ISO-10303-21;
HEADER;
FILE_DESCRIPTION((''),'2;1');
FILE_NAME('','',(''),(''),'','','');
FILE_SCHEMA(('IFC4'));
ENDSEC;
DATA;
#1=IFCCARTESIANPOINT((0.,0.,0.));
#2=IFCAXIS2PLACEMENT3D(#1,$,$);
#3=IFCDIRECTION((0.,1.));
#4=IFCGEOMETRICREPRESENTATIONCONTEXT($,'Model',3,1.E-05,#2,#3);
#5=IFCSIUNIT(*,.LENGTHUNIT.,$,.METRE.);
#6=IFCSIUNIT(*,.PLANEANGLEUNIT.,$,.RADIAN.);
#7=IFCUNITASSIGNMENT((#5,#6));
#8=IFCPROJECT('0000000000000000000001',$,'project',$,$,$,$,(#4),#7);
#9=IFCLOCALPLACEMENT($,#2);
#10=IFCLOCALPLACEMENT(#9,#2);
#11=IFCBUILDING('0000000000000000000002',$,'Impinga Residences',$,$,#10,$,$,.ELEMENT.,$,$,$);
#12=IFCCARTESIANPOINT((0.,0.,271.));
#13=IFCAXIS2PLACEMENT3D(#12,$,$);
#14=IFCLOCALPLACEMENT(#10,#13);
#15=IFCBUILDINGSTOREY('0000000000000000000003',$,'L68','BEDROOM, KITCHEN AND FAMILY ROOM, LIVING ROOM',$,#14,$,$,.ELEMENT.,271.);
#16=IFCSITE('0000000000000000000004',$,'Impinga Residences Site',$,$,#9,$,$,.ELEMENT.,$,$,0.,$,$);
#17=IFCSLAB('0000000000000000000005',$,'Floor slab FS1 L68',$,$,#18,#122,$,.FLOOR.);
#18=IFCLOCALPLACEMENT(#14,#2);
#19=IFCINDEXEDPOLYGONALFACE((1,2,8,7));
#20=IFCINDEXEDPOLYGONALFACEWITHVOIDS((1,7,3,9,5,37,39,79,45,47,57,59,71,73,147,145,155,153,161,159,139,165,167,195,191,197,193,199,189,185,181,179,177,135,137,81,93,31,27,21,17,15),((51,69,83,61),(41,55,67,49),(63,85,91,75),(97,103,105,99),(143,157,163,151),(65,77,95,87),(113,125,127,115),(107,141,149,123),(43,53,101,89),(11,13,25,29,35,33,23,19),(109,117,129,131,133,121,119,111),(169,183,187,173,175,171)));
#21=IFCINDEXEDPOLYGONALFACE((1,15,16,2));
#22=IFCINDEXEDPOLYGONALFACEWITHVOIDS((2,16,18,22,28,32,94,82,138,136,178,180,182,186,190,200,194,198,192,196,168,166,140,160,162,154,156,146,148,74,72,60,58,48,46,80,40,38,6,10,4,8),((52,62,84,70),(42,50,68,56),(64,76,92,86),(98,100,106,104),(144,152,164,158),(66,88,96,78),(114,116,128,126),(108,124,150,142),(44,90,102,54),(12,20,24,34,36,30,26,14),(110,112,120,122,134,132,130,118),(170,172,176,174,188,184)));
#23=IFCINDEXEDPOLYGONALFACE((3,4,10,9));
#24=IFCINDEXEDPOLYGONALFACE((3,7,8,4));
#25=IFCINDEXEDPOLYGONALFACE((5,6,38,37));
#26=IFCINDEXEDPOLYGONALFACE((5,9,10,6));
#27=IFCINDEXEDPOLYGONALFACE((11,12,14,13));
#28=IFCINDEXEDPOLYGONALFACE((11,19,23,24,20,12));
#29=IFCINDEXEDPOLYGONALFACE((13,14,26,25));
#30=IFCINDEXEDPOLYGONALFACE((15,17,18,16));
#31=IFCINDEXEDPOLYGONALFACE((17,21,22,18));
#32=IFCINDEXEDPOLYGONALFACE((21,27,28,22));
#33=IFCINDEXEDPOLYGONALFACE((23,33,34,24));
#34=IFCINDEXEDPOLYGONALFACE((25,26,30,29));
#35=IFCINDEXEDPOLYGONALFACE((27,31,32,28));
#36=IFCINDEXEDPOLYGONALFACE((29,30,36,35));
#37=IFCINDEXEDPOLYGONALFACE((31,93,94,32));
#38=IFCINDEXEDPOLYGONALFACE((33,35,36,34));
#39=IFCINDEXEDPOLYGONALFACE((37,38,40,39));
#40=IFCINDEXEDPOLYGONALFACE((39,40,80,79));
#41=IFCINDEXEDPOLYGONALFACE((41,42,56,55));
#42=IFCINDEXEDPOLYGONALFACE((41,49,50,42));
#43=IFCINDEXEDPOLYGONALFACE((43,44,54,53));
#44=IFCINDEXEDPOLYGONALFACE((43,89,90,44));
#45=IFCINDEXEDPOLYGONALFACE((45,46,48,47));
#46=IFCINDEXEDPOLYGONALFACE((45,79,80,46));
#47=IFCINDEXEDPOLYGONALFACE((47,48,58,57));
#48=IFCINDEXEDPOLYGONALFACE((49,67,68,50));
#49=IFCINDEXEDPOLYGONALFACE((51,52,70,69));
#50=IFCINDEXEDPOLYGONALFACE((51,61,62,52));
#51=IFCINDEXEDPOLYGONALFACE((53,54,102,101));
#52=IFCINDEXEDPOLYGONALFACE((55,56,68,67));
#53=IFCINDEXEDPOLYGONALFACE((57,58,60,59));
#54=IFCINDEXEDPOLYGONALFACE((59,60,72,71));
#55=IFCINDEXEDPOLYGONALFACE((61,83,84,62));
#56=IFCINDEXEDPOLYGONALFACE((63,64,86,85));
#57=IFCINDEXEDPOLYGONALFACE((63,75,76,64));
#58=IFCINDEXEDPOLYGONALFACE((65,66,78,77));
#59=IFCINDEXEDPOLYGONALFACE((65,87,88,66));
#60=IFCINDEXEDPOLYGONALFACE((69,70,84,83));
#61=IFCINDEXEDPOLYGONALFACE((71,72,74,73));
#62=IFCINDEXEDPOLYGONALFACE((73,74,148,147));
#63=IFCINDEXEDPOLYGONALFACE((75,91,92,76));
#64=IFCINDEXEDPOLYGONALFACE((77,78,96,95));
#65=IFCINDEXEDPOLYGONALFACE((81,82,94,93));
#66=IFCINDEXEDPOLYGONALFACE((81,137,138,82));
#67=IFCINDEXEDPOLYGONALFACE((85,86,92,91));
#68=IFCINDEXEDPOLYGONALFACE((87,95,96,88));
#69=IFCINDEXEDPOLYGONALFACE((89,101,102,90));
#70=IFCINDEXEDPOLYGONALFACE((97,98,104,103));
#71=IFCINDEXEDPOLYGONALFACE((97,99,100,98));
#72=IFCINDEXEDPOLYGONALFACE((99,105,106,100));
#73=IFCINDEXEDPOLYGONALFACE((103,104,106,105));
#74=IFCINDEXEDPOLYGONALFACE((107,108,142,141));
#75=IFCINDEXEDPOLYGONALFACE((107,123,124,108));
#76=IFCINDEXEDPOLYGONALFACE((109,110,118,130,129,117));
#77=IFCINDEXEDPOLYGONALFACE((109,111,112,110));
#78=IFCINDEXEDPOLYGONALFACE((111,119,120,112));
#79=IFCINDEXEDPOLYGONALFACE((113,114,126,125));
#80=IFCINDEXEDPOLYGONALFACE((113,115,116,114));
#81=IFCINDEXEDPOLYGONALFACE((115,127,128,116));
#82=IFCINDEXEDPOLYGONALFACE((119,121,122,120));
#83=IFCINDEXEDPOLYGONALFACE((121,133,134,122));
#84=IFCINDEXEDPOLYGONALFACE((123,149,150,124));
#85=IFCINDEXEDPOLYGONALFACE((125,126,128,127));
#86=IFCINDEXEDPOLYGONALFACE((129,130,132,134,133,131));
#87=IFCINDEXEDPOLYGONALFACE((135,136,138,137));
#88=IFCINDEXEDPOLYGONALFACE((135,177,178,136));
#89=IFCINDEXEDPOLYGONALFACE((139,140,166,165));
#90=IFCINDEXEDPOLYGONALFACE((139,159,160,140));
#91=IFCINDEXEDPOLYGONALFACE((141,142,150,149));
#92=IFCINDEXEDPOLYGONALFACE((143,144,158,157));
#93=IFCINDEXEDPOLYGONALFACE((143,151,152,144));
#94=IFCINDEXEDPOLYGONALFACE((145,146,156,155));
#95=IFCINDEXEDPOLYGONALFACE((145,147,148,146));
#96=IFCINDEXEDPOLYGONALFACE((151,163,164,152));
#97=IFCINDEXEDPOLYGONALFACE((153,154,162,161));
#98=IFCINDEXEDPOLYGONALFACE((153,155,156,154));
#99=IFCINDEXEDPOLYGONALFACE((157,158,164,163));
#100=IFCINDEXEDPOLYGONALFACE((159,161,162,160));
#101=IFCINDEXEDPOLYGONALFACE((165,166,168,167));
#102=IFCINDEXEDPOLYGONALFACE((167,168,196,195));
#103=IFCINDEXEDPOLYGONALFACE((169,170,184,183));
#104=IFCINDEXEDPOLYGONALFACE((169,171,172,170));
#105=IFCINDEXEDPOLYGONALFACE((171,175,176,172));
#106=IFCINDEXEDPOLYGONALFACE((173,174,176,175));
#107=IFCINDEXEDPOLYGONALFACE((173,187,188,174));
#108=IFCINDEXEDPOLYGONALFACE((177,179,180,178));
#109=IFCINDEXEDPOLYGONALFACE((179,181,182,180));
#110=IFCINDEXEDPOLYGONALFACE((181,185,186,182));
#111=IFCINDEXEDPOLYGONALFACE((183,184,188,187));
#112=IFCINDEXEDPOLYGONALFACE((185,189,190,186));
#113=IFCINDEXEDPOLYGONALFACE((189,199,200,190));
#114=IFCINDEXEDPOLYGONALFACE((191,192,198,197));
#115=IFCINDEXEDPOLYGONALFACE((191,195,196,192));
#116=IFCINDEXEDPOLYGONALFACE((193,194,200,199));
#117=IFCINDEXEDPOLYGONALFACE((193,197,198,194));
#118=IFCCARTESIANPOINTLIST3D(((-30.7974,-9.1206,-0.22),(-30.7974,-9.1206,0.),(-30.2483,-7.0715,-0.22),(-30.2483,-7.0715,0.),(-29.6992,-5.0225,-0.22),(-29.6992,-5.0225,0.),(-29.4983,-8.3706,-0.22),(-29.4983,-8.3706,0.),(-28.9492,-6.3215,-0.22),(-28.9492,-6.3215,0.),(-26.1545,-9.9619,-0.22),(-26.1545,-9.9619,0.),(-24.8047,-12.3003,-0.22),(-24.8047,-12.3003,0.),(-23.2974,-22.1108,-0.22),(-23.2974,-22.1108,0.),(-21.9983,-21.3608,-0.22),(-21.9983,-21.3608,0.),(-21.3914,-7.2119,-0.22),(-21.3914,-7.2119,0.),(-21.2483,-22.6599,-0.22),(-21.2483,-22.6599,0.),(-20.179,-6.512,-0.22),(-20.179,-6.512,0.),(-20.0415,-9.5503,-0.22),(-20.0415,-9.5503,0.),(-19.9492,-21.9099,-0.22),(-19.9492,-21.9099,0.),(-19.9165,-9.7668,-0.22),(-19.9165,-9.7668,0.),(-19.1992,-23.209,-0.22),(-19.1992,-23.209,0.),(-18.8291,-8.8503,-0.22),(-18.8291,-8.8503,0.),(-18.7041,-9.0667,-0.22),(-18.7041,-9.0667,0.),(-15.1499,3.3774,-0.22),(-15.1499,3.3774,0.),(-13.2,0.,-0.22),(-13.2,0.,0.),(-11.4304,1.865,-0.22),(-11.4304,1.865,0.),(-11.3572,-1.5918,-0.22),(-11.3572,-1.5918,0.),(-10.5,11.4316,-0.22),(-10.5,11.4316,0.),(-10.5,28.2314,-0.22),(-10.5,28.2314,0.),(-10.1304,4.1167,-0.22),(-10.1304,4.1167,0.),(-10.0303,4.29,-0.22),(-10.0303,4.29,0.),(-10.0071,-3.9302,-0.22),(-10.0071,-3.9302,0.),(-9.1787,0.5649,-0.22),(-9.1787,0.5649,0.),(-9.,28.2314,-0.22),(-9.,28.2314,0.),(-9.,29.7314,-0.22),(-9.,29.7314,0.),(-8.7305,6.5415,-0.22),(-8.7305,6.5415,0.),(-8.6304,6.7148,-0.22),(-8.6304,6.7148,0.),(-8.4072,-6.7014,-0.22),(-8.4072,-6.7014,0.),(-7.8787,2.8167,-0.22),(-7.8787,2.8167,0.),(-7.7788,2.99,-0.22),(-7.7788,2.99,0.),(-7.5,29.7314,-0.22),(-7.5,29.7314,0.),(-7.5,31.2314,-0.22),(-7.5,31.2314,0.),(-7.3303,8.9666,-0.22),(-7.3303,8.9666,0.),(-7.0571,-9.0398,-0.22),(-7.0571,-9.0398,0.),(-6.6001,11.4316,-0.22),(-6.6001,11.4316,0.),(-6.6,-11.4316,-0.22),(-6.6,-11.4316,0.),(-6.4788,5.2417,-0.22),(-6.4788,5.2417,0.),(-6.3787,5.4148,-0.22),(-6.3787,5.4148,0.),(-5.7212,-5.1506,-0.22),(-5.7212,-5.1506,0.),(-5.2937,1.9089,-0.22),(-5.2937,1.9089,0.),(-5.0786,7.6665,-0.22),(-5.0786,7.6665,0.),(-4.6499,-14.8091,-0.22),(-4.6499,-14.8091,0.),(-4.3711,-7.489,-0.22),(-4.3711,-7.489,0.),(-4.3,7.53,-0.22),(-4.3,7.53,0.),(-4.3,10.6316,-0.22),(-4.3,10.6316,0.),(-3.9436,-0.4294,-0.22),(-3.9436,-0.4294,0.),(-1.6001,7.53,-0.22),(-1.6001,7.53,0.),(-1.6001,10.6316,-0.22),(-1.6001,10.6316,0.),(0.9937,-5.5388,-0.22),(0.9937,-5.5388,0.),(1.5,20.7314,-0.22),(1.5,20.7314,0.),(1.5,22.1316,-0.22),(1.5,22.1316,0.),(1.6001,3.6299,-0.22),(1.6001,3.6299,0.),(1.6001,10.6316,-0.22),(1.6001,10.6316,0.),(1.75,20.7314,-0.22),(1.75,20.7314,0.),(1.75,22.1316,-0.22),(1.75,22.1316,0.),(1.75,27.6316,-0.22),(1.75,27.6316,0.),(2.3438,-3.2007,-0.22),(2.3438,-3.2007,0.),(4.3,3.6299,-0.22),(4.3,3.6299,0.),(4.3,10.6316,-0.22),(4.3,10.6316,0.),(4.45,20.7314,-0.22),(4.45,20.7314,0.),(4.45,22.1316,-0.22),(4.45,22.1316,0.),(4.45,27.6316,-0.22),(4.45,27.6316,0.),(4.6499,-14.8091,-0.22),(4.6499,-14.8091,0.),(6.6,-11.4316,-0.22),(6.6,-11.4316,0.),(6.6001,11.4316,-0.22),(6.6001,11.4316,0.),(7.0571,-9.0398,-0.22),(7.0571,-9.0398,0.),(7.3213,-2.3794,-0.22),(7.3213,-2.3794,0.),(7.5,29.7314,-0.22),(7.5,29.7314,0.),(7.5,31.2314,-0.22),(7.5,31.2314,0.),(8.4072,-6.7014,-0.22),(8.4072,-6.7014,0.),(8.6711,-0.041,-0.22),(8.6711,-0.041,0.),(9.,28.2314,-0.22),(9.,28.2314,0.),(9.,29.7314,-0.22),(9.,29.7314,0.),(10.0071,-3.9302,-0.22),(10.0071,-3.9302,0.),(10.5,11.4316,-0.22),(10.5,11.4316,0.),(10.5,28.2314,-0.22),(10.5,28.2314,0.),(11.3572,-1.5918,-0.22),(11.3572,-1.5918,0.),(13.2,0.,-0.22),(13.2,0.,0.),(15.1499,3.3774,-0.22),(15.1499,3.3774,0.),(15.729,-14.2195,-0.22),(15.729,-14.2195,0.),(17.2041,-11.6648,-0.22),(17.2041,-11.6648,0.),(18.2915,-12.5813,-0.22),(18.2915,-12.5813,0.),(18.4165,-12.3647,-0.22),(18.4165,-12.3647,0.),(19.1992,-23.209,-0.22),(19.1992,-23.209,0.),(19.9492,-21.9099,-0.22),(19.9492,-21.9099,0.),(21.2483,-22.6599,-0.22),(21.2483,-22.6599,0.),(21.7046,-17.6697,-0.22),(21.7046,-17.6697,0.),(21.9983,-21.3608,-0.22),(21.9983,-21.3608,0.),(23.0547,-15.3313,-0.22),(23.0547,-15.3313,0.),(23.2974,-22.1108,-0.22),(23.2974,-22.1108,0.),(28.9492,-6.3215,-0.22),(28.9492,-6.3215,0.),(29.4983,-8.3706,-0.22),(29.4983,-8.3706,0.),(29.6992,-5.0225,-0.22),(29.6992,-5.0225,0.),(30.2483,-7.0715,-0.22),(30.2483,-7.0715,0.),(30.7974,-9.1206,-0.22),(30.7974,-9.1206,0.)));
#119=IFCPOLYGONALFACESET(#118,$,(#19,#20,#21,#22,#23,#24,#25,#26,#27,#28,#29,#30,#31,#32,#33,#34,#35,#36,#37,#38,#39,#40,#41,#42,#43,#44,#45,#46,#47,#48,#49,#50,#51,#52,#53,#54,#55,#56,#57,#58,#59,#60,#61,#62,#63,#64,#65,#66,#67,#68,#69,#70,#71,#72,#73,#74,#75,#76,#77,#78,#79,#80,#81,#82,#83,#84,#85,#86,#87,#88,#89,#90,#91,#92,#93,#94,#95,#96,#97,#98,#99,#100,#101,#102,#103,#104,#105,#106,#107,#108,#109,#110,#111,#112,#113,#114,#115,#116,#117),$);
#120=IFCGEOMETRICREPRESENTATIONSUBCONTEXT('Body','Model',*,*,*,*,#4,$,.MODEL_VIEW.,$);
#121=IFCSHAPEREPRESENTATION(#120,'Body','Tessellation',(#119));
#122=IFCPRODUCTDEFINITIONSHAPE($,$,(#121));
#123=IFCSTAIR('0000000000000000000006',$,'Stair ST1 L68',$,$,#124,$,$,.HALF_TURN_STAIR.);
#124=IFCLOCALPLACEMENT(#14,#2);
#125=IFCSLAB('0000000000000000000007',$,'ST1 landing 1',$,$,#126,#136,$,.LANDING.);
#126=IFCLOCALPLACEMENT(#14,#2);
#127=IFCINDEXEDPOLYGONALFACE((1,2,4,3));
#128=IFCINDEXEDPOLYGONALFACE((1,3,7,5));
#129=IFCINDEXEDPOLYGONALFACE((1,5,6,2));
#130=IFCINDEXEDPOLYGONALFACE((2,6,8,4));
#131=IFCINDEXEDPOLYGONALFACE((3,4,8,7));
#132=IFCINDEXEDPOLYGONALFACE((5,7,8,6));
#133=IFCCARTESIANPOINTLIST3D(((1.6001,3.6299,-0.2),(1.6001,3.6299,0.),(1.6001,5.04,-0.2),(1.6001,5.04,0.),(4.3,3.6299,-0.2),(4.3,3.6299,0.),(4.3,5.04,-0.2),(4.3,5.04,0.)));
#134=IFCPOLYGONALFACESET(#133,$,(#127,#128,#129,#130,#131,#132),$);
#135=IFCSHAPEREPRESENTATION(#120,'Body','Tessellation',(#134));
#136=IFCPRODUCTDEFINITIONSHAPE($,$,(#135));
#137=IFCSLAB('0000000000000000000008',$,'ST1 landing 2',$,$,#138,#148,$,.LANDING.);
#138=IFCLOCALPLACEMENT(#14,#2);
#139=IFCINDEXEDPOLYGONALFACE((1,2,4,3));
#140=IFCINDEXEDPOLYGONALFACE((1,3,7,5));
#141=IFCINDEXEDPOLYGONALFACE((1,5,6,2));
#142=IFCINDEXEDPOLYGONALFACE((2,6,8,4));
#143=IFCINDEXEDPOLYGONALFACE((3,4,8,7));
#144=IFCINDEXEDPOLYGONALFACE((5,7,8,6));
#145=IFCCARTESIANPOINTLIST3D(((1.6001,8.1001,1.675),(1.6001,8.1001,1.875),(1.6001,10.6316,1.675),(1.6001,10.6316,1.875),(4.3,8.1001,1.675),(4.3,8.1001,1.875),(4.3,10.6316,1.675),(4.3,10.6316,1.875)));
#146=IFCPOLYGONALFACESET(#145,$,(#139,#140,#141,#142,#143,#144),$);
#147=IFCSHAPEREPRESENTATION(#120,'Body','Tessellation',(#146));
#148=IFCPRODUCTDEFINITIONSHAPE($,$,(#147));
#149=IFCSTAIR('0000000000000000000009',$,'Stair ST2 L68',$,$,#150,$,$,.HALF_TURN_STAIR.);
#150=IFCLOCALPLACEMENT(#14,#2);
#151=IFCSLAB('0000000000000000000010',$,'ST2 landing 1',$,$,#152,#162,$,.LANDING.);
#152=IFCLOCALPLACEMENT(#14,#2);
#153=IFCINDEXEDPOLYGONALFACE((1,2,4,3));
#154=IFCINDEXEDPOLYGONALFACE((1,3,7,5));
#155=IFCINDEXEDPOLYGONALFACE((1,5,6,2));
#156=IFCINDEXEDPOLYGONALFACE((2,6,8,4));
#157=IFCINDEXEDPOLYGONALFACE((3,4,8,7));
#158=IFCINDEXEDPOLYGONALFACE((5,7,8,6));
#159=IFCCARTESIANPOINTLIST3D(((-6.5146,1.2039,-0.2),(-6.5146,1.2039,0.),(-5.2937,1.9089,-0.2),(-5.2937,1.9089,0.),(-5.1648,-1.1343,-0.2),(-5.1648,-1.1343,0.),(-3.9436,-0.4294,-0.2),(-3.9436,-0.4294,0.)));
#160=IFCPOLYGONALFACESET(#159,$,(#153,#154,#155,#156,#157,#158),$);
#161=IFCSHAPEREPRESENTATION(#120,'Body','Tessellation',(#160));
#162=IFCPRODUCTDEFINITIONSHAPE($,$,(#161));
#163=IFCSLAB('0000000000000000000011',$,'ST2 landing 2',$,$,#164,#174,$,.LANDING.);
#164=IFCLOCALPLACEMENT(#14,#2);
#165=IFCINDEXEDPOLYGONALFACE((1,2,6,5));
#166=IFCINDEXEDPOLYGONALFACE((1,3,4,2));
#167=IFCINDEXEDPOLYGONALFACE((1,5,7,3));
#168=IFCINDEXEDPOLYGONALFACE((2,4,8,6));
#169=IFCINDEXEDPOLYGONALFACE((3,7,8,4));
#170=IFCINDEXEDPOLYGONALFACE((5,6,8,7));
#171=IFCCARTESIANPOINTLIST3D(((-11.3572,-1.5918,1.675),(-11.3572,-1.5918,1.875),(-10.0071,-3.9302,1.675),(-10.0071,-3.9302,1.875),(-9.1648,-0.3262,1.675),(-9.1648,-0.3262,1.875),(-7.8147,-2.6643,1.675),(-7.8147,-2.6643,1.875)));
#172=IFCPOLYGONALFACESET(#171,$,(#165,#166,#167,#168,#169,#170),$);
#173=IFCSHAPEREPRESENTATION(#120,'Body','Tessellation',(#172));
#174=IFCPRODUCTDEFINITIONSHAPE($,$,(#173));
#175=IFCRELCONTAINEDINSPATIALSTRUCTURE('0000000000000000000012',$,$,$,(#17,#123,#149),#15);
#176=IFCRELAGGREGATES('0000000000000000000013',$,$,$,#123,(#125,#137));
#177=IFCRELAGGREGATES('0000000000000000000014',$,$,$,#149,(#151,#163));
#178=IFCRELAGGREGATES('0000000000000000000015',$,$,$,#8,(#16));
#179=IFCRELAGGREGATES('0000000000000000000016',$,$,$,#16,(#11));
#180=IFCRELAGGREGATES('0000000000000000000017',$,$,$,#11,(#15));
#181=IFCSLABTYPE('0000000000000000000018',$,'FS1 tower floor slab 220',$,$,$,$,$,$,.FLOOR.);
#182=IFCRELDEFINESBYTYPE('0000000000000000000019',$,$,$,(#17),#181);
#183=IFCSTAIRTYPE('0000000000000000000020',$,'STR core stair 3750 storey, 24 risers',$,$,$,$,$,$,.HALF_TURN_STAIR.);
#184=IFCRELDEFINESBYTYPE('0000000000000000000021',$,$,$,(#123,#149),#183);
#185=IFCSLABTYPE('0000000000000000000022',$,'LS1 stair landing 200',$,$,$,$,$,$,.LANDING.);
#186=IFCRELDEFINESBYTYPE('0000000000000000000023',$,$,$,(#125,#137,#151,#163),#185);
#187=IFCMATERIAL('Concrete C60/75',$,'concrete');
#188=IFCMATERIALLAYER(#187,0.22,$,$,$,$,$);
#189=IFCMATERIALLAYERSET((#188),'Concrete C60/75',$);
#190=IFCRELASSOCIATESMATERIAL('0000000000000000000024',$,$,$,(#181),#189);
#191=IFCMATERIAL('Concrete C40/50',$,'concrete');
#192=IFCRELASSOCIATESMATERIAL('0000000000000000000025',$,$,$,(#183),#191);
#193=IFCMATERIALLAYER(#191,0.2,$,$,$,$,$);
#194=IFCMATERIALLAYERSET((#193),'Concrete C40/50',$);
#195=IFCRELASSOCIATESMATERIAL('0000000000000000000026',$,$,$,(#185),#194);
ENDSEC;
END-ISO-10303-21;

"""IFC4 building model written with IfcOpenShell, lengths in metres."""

from ifc_helpers import new_model, si_unit, direction, frame, origin, place, context, subcontext, project, spatial, polyline, outline, extrude, material, layer, layer_set, type_object, element, aggregate, save


model = new_model("IFC4")

# Units and contexts
model_context = context("Model", 3, precision=1e-05, world=origin(), true_north=direction((0.0, 1.0)))
body_context = subcontext(model_context, "Body", "Model", "MODEL_VIEW")
ifc_project = project(units=[si_unit("LENGTHUNIT", "METRE"), si_unit("PLANEANGLEUNIT", "RADIAN")], contexts=[model_context])

# Site, building, storey
site_placement = place(None, origin())
site = spatial("IfcSite", under=ifc_project, at=site_placement, Name="Impinga Residences Site", CompositionType="ELEMENT", RefElevation=0.0)
building_placement = place(site_placement, origin())
building = spatial("IfcBuilding", under=site, at=building_placement, Name="Impinga Residences", CompositionType="ELEMENT")
storey_placement = place(building_placement, frame((0.0, 0.0, 271.0)))
storey = spatial("IfcBuildingStorey", under=building, at=storey_placement, Name="L68", Description="BEDROOM, KITCHEN AND FAMILY ROOM, LIVING ROOM", CompositionType="ELEMENT", Elevation=271.0)

# Slab
ifc_material_1 = material(Name="Concrete C60/75", Category="concrete")
ifc_layer_1 = layer(ifc_material_1, 0.22)
ifc_layer_set_1 = layer_set([ifc_layer_1], Name="Concrete C60/75")
slab_type_1 = type_object("IfcSlabType", Name="FS1 tower floor slab 220", PredefinedType="FLOOR", material=ifc_layer_set_1)
slab_1_placement = place(storey_placement, frame((0.0, 0.0, -0.22)))
element("IfcSlab", 1, at=slab_1_placement, inside=storey, type_object=slab_type_1, Name="Floor slab FS1 L68", PredefinedType="FLOOR", context=body_context, shape_type="SweptSolid", body=[
    extrude(outline(polyline([(-19.9492, -21.9099), (-21.2483, -22.6599), (-21.9983, -21.3608), (-23.2974, -22.1108), (-30.7974, -9.1206), (-29.4983, -8.3706), (-30.2483, -7.0715), (-28.9492, -6.3215), (-29.6992, -5.0225), (-15.1499, 3.3774), (-13.2, 0.0), (-6.6001, 11.4316), (-10.5, 11.4316), (-10.5, 28.2314), (-9.0, 28.2314), (-9.0, 29.7314), (-7.5, 29.7314), (-7.5, 31.2314), (7.5, 31.2314), (7.5, 29.7314), (9.0, 29.7314), (9.0, 28.2314), (10.5, 28.2314), (10.5, 11.4316), (6.6001, 11.4316), (13.2, 0.0), (15.1499, 3.3774), (29.6992, -5.0225), (28.9492, -6.3215), (30.2483, -7.0715), (29.4983, -8.3706), (30.7974, -9.1206), (23.2974, -22.1108), (21.9983, -21.3608), (21.2483, -22.6599), (19.9492, -21.9099), (19.1992, -23.209), (4.6499, -14.8091), (9.9001, -5.7158), (6.6001, -11.4316), (-6.6001, -11.4316), (-9.9001, -5.7158), (-4.6499, -14.8091), (-19.1992, -23.209), (-19.9492, -21.9099)]), holes=[polyline([(-18.7041, -9.0667), (-18.8291, -8.8503), (-18.8291, -8.8503), (-20.179, -6.512), (-21.3914, -7.2119), (-21.3914, -7.2119), (-26.1545, -9.9619), (-24.8047, -12.3003), (-20.0415, -9.5503), (-19.9165, -9.7668), (-18.7041, -9.0667)]), polyline([(-5.7212, -5.1506), (-8.4072, -6.7014), (-7.0571, -9.0398), (-4.3711, -7.489), (-5.7212, -5.1506)]), polyline([(-5.2937, 1.9089), (-11.3572, -1.5918), (-10.0071, -3.9302), (-3.9436, -0.4294), (-5.2937, 1.9089)]), polyline([(-7.8787, 2.8167), (-10.1304, 4.1167), (-11.4304, 1.865), (-9.1787, 0.5649), (-7.8787, 2.8167)]), polyline([(-6.4788, 5.2417), (-8.7305, 6.5415), (-10.0303, 4.29), (-7.7788, 2.99), (-6.4788, 5.2417)]), polyline([(-6.3787, 5.4148), (-5.0786, 7.6665), (-7.3303, 8.9666), (-8.6304, 6.7148), (-6.3787, 5.4148)]), polyline([(-4.3, 7.53), (-1.6001, 7.53), (-1.6001, 10.6316), (-4.3, 10.6316), (-4.3, 7.53)]), polyline([(15.729, -14.2195), (21.7046, -17.6697), (23.0547, -15.3313), (18.2915, -12.5813), (18.4165, -12.3647), (17.2041, -11.6648), (15.729, -14.2195)]), polyline([(0.9937, -5.5388), (7.0571, -9.0398), (8.4072, -6.7014), (2.3438, -3.2007), (0.9937, -5.5388)]), polyline([(7.3213, -2.3794), (10.0071, -3.9302), (11.3572, -1.5918), (8.6711, -0.041), (7.3213, -2.3794)]), polyline([(4.3, 3.6299), (4.3, 10.6316), (1.6001, 10.6316), (1.6001, 3.6299), (4.3, 3.6299)]), polyline([(1.75, 22.1316), (1.5, 22.1316), (1.5, 20.7314), (1.75, 20.7314), (4.45, 20.7314), (4.45, 22.1316), (4.45, 27.6316), (1.75, 27.6316), (1.75, 22.1316)])]), origin(), (0.0, 0.0, 1.0), 0.22),
])

# Stairs, slabs
ifc_material_2 = material(Name="Concrete C40/50", Category="concrete")
stair_type = type_object("IfcStairType", Name="STR core stair 3750 storey, 24 risers", PredefinedType="HALF_TURN_STAIR", material=ifc_material_2)
stair_1_placement = place(storey_placement, origin())
stair_1 = element("IfcStair", 2, at=stair_1_placement, inside=storey, type_object=stair_type, Name="Stair ST1 L68", PredefinedType="HALF_TURN_STAIR")
ifc_layer_2 = layer(ifc_material_2, 0.2)
ifc_layer_set_2 = layer_set([ifc_layer_2], Name="Concrete C40/50")
slab_type_2 = type_object("IfcSlabType", Name="LS1 stair landing 200", PredefinedType="LANDING", material=ifc_layer_set_2)
slab_2_placement = place(storey_placement, frame((0.0, 0.0, -0.2)))
slab_2 = element("IfcSlab", 3, at=slab_2_placement, type_object=slab_type_2, Name="ST1 landing 1", PredefinedType="LANDING", context=body_context, shape_type="SweptSolid", body=[
    extrude(outline(polyline([(1.6001, 3.6299), (4.3, 3.6299), (4.3, 5.04), (1.6001, 5.04), (1.6001, 3.6299)])), origin(), (0.0, 0.0, 1.0), 0.2),
])
slab_3_placement = place(storey_placement, frame((0.0, 0.0, 1.675)))
slab_3 = element("IfcSlab", 4, at=slab_3_placement, type_object=slab_type_2, Name="ST1 landing 2", PredefinedType="LANDING", context=body_context, shape_type="SweptSolid", body=[
    extrude(outline(polyline([(1.6001, 8.1001), (4.3, 8.1001), (4.3, 10.6316), (1.6001, 10.6316), (1.6001, 8.1001)])), origin(), (0.0, 0.0, 1.0), 0.2),
])
aggregate(stair_1, [slab_2, slab_3])
stair_2_placement = place(storey_placement, origin())
stair_2 = element("IfcStair", 5, at=stair_2_placement, inside=storey, type_object=stair_type, Name="Stair ST2 L68", PredefinedType="HALF_TURN_STAIR")
slab_4_placement = place(storey_placement, frame((0.0, 0.0, -0.2)))
slab_4 = element("IfcSlab", 6, at=slab_4_placement, type_object=slab_type_2, Name="ST2 landing 1", PredefinedType="LANDING", context=body_context, shape_type="SweptSolid", body=[
    extrude(outline(polyline([(-3.9436, -0.4294), (-5.2937, 1.9089), (-6.5146, 1.2039), (-5.1648, -1.1343), (-3.9436, -0.4294)])), origin(), (0.0, 0.0, 1.0), 0.2),
])
slab_5_placement = place(storey_placement, frame((0.0, 0.0, 1.675)))
slab_5 = element("IfcSlab", 7, at=slab_5_placement, type_object=slab_type_2, Name="ST2 landing 2", PredefinedType="LANDING", context=body_context, shape_type="SweptSolid", body=[
    extrude(outline(polyline([(-7.8147, -2.6643), (-9.1648, -0.3262), (-11.3572, -1.5918), (-10.0071, -3.9302), (-7.8147, -2.6643)])), origin(), (0.0, 0.0, 1.0), 0.2),
])
aggregate(stair_2, [slab_4, slab_5])

save(model, "model.ifc")
